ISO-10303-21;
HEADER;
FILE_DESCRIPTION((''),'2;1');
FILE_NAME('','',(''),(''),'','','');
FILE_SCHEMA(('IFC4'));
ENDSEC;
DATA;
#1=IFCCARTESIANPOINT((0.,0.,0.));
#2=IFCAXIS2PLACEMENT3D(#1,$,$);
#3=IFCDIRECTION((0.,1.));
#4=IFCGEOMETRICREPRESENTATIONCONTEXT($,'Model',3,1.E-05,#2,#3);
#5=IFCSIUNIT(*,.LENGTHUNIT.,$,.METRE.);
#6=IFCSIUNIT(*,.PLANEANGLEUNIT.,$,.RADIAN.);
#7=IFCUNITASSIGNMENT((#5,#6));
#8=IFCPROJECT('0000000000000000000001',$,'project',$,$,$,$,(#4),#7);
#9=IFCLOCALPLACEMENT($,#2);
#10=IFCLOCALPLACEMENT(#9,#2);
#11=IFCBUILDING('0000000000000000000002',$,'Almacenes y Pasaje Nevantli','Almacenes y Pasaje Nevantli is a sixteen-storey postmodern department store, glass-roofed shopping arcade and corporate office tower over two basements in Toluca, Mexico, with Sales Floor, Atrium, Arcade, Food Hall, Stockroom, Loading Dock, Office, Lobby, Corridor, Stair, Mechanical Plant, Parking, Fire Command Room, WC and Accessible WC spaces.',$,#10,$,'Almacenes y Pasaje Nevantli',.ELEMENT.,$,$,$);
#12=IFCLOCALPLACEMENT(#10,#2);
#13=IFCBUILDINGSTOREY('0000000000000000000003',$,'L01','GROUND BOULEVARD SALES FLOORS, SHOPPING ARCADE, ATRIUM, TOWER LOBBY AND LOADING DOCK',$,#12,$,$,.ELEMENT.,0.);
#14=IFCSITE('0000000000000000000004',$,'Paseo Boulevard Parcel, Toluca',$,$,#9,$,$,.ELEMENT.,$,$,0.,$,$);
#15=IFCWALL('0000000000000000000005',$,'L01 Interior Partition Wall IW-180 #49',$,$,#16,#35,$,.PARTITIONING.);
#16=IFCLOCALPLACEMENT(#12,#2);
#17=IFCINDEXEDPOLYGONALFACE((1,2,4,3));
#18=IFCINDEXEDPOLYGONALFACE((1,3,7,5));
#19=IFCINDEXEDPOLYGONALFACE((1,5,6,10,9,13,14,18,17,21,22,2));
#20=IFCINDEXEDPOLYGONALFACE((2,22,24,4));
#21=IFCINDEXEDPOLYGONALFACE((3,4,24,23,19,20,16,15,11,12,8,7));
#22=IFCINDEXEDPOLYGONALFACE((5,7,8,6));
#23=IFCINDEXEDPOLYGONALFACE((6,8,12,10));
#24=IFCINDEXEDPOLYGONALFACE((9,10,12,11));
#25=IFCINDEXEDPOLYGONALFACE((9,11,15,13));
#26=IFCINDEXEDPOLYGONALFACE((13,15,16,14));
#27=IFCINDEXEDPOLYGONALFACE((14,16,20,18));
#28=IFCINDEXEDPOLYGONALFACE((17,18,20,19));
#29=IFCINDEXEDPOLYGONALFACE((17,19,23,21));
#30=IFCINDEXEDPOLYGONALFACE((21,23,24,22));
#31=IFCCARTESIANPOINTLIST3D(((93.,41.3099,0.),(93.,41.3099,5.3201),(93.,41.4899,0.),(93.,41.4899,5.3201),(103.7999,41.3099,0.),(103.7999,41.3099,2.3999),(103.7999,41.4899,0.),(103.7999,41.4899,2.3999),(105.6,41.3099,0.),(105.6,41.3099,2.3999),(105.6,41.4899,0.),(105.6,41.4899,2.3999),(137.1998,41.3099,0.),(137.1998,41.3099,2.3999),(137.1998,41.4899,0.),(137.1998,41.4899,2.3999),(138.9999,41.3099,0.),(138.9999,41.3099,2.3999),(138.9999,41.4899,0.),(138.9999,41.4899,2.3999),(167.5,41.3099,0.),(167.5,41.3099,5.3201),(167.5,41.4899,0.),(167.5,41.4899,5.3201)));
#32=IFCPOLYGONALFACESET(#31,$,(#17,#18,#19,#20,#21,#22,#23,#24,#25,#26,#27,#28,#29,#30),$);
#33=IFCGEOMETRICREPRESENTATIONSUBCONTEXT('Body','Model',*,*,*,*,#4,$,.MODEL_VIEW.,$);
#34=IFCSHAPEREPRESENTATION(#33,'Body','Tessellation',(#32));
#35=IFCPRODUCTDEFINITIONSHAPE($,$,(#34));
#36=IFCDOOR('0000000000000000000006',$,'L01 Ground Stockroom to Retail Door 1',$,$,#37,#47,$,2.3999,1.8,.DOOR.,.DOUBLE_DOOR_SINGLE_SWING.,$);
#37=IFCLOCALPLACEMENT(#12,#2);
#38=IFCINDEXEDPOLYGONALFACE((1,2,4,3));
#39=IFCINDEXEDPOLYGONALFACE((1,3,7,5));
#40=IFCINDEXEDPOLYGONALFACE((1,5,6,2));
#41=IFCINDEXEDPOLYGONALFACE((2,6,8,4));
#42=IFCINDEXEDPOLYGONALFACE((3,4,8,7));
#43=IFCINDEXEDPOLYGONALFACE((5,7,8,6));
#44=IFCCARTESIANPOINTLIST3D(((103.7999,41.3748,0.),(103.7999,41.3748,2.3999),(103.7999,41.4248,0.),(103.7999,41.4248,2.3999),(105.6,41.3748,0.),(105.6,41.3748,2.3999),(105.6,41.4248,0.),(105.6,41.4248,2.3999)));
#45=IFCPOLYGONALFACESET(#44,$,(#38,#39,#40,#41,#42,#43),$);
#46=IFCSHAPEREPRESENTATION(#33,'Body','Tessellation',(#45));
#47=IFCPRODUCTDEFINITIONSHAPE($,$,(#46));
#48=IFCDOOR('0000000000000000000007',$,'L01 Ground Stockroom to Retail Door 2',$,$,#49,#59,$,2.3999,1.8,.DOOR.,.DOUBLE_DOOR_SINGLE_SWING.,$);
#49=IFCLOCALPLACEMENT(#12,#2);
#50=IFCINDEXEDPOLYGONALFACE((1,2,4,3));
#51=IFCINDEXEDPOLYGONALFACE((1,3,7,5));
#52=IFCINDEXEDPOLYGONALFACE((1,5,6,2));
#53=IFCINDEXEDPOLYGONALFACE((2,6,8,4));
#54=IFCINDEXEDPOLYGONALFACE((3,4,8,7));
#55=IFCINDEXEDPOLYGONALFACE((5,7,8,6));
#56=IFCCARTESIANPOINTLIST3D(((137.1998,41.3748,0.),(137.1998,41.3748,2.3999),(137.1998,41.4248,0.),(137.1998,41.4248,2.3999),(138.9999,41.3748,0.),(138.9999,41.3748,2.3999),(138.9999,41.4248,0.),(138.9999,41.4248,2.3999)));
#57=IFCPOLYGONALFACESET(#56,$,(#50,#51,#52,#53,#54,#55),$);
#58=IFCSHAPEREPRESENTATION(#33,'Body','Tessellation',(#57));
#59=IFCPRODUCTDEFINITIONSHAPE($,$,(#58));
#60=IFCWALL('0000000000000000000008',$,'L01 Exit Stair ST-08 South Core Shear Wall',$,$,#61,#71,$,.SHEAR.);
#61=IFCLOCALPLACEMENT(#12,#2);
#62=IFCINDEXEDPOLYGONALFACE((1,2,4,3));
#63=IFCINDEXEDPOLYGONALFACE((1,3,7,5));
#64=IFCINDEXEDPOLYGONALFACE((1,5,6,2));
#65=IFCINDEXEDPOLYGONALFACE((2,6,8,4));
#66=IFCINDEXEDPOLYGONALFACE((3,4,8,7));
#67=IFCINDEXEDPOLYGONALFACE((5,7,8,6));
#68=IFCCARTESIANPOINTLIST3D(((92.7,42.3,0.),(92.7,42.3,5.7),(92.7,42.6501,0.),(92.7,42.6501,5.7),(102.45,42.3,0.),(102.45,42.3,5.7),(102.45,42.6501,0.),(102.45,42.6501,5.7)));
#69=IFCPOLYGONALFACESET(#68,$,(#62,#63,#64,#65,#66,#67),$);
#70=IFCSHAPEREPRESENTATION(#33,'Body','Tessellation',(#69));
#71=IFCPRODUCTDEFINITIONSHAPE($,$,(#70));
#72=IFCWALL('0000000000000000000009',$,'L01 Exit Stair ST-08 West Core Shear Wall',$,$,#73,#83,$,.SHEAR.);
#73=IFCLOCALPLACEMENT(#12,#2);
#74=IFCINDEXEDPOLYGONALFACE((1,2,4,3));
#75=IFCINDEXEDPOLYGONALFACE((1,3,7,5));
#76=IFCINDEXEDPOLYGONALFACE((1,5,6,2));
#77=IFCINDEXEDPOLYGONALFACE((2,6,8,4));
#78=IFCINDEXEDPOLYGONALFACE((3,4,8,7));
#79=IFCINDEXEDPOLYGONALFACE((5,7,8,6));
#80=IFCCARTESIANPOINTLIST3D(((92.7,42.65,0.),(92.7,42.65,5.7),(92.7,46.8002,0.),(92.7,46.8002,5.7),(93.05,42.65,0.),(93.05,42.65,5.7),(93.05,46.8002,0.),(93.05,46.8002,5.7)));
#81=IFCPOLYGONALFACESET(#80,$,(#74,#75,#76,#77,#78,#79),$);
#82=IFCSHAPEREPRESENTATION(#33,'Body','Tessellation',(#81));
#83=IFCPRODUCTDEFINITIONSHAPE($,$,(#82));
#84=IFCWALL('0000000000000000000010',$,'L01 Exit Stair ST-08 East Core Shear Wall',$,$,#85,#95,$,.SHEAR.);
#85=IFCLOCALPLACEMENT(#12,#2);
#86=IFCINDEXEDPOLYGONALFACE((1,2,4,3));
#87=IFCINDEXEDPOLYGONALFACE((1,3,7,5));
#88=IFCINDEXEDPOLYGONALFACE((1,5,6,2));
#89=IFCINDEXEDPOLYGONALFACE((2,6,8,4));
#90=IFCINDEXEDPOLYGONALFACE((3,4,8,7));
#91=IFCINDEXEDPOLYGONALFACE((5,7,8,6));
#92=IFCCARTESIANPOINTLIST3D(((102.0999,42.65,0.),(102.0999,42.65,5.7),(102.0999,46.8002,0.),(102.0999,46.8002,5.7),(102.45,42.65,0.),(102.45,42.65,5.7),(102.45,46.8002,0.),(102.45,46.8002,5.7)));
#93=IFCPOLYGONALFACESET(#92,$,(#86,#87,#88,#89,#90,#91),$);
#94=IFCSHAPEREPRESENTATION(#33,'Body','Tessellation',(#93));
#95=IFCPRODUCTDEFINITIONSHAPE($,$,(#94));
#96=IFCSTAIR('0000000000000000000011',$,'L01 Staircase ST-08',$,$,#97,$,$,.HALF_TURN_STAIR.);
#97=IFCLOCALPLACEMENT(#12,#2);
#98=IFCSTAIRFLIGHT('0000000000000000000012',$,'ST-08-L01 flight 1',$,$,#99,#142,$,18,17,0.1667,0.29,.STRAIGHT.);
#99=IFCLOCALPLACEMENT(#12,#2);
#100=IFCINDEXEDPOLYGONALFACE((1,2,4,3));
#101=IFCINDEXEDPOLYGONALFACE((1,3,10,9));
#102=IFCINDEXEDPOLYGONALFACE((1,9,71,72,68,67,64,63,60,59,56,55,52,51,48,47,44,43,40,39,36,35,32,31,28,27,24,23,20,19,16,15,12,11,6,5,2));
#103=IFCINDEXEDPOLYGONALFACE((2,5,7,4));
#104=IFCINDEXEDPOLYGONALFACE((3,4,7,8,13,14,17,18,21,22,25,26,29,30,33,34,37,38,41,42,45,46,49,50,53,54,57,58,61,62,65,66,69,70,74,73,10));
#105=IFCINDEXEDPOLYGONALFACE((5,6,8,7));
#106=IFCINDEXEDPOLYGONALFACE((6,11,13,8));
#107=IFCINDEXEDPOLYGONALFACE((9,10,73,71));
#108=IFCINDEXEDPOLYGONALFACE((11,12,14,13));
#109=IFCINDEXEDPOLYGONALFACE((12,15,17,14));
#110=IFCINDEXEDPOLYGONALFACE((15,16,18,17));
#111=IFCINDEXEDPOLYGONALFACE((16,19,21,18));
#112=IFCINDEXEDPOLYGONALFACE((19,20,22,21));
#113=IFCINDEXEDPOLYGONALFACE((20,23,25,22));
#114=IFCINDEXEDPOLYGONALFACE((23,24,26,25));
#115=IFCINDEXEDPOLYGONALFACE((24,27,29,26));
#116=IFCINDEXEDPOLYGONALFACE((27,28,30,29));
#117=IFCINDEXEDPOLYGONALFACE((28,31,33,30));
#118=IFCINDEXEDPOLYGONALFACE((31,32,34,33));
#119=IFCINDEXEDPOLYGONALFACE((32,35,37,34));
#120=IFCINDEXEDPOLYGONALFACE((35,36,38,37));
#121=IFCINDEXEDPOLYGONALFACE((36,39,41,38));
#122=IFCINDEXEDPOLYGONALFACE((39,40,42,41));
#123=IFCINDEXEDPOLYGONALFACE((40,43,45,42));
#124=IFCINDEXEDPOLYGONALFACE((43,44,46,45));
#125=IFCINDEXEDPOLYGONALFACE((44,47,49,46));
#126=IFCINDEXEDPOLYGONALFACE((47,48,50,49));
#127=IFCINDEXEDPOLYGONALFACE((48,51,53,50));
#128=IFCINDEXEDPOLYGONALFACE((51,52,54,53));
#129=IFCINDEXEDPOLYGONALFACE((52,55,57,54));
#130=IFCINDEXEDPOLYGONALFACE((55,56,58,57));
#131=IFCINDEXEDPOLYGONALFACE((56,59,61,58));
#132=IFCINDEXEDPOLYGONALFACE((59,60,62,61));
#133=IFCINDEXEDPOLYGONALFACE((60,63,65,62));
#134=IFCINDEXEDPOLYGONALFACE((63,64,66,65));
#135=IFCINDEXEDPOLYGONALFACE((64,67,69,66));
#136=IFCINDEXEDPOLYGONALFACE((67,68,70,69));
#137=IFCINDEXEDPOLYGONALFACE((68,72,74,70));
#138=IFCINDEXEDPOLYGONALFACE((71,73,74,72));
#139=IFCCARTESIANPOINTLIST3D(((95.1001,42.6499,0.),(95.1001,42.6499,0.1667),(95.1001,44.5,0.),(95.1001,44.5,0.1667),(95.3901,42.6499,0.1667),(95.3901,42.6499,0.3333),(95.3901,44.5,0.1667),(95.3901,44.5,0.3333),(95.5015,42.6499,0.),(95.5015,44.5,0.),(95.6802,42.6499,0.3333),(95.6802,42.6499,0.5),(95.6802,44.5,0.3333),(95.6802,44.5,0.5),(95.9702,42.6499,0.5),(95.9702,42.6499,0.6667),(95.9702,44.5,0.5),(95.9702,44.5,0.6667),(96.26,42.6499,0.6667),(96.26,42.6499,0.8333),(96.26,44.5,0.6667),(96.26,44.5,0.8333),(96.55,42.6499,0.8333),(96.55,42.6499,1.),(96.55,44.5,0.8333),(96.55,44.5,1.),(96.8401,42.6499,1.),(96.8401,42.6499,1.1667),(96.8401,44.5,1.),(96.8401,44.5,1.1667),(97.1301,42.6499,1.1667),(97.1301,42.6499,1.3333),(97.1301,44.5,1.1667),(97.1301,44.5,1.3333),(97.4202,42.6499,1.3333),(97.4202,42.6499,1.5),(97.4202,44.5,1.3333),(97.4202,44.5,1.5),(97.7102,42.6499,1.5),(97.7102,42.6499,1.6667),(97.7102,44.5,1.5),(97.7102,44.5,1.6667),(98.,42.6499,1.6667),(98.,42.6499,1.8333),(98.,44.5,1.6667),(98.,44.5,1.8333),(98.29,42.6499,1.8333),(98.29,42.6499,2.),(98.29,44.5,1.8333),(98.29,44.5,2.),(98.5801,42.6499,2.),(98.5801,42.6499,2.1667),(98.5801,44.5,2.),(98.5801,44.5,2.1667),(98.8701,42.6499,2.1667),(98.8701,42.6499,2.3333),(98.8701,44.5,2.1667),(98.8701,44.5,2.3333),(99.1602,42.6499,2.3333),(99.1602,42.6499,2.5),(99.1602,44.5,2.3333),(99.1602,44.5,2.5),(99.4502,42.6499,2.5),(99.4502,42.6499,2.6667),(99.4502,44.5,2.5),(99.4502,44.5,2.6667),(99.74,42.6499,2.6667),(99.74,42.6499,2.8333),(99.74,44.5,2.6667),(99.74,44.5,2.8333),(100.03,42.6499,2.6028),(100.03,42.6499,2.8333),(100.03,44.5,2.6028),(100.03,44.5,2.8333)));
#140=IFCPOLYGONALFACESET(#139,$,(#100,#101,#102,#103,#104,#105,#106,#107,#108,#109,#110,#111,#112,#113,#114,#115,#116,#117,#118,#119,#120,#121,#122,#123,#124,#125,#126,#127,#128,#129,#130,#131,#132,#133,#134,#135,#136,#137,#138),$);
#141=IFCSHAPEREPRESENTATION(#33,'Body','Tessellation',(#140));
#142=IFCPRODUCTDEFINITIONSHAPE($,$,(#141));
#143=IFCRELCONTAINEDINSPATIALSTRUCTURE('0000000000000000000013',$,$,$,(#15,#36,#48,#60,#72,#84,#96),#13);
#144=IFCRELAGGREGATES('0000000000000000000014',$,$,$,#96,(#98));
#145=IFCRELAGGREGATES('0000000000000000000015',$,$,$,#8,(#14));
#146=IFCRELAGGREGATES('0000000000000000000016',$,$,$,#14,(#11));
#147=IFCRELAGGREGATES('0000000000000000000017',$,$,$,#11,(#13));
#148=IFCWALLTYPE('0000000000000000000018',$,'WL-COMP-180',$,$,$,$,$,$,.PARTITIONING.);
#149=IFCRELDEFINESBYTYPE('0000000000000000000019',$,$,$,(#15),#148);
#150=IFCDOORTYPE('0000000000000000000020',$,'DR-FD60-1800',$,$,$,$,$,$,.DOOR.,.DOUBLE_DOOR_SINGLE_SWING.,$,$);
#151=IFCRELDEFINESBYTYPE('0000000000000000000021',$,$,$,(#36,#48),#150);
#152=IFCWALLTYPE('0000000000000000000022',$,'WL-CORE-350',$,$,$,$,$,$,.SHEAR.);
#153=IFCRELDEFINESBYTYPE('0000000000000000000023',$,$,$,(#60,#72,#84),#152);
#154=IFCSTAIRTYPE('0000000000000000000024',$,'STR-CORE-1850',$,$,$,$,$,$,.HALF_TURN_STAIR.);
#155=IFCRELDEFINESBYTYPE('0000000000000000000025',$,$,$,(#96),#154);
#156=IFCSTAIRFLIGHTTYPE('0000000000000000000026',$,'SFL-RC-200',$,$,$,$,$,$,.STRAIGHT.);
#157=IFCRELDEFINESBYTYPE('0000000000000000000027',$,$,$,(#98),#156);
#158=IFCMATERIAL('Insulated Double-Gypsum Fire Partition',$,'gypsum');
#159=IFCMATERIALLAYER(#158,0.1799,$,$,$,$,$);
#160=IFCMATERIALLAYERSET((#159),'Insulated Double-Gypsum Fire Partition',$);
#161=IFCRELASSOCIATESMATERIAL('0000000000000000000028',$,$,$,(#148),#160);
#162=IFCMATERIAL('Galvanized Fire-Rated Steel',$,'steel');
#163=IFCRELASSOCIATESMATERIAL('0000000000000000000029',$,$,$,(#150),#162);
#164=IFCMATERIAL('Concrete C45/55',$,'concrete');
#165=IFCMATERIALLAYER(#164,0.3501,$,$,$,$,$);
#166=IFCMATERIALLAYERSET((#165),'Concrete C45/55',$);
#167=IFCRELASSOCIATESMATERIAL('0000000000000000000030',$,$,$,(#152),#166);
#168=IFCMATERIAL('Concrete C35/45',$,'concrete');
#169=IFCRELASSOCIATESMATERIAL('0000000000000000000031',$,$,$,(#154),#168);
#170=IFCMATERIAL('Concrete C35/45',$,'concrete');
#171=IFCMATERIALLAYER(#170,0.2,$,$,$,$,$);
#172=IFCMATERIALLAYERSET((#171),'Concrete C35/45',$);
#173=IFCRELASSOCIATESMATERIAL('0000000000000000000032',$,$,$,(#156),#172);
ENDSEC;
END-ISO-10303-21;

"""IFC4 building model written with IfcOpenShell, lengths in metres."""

from ifc_helpers import new_model, si_unit, direction, frame, frame_2d, origin, place, context, subcontext, project, spatial, polyline, rectangle, outline, extrude, material, layer, layer_set, type_object, element, fill, aggregate, save


model = new_model("IFC4")

# Units and contexts
model_context = context("Model", 3, precision=1e-05, world=origin(), true_north=direction((0.0, 1.0)))
body_context = subcontext(model_context, "Body", "Model", "MODEL_VIEW")
ifc_project = project(units=[si_unit("LENGTHUNIT", "METRE"), si_unit("PLANEANGLEUNIT", "RADIAN")], contexts=[model_context])

# Site, building, storey
site_placement = place(None, origin())
site = spatial("IfcSite", under=ifc_project, at=site_placement, Name="Paseo Boulevard Parcel, Toluca", CompositionType="ELEMENT", RefElevation=0.0)
building_placement = place(site_placement, origin())
building = spatial("IfcBuilding", under=site, at=building_placement, Name="Almacenes y Pasaje Nevantli", Description="Almacenes y Pasaje Nevantli is a sixteen-storey postmodern department store, glass-roofed shopping arcade and corporate office tower over two basements in Toluca, Mexico, with Sales Floor, Atrium, Arcade, Food Hall, Stockroom, Loading Dock, Office, Lobby, Corridor, Stair, Mechanical Plant, Parking, Fire Command Room, WC and Accessible WC spaces.", LongName="Almacenes y Pasaje Nevantli", CompositionType="ELEMENT")
storey_placement = place(building_placement, origin())
storey = spatial("IfcBuildingStorey", under=building, at=storey_placement, Name="L01", Description="GROUND BOULEVARD SALES FLOORS, SHOPPING ARCADE, ATRIUM, TOWER LOBBY AND LOADING DOCK", CompositionType="ELEMENT", Elevation=0.0)

# Wall, openings, doors
ifc_material_1 = material(Name="Insulated Double-Gypsum Fire Partition", Category="gypsum")
ifc_layer_1 = layer(ifc_material_1, 0.1799)
ifc_layer_set_1 = layer_set([ifc_layer_1], Name="Insulated Double-Gypsum Fire Partition")
wall_type_1 = type_object("IfcWallType", Name="WL-COMP-180", PredefinedType="PARTITIONING", material=ifc_layer_set_1)
wall_1_placement = place(storey_placement, frame((93.0, 41.3999, 0.0), z_axis=(0.0, 0.0, 1.0), x_axis=(1.0, 0.0, 0.0)))
wall_1 = element("IfcWall", 1, at=wall_1_placement, inside=storey, type_object=wall_type_1, Name="L01 Interior Partition Wall IW-180 #49", PredefinedType="PARTITIONING", context=body_context, shape_type="SweptSolid", body=[
    extrude(rectangle(XDim=74.5, YDim=0.1799, at=frame_2d((37.25, 0.0))), origin(), (0.0, 0.0, 1.0), 5.3201),
])
opening_1_placement = place(wall_1_placement, frame((10.8, 0.0, 0.0)))
opening_1 = element("IfcOpeningElement", 2, at=opening_1_placement, cuts=wall_1, PredefinedType="OPENING", context=body_context, shape_type="SweptSolid", body=[
    extrude(rectangle(XDim=1.8, YDim=2.3999, at=frame_2d((0.8999, 1.2))), frame((0.0, 0.0999, 0.0), z_axis=(0.0, -1.0, 0.0), x_axis=(1.0, 0.0, 0.0)), (0.0, 0.0, 1.0), 0.2),
])
opening_2_placement = place(wall_1_placement, frame((44.2, 0.0, 0.0)))
opening_2 = element("IfcOpeningElement", 3, at=opening_2_placement, cuts=wall_1, PredefinedType="OPENING", context=body_context, shape_type="SweptSolid", body=[
    extrude(rectangle(XDim=1.8, YDim=2.3999, at=frame_2d((0.8999, 1.2))), frame((0.0, 0.0999, 0.0), z_axis=(0.0, -1.0, 0.0), x_axis=(1.0, 0.0, 0.0)), (0.0, 0.0, 1.0), 0.2),
])
ifc_material_2 = material(Name="Galvanized Fire-Rated Steel", Category="steel")
door_type = type_object("IfcDoorType", Name="DR-FD60-1800", OperationType="DOUBLE_DOOR_SINGLE_SWING", PredefinedType="DOOR", material=ifc_material_2)
door_1_placement = place(opening_1_placement, origin())
door_1 = element("IfcDoor", 4, at=door_1_placement, inside=storey, type_object=door_type, Name="L01 Ground Stockroom to Retail Door 1", OperationType="DOUBLE_DOOR_SINGLE_SWING", OverallHeight=2.3999, OverallWidth=1.8, PredefinedType="DOOR", context=body_context, shape_type="SweptSolid", body=[
    extrude(rectangle(XDim=1.8, YDim=2.3999, at=frame_2d((0.8999, 1.2))), frame((0.0, 0.0249, 0.0), z_axis=(0.0, -1.0, 0.0), x_axis=(1.0, 0.0, 0.0)), (0.0, 0.0, 1.0), 0.05),
])
fill(opening_1, door_1)
door_2_placement = place(opening_2_placement, origin())
door_2 = element("IfcDoor", 5, at=door_2_placement, inside=storey, type_object=door_type, Name="L01 Ground Stockroom to Retail Door 2", OperationType="DOUBLE_DOOR_SINGLE_SWING", OverallHeight=2.3999, OverallWidth=1.8, PredefinedType="DOOR", context=body_context, shape_type="SweptSolid", body=[
    extrude(rectangle(XDim=1.8, YDim=2.3999, at=frame_2d((0.8999, 1.2))), frame((0.0, 0.0249, 0.0), z_axis=(0.0, -1.0, 0.0), x_axis=(1.0, 0.0, 0.0)), (0.0, 0.0, 1.0), 0.05),
])
fill(opening_2, door_2)

# Walls
ifc_material_3 = material(Name="Concrete C45/55", Category="concrete")
ifc_layer_2 = layer(ifc_material_3, 0.3501)
ifc_layer_set_2 = layer_set([ifc_layer_2], Name="Concrete C45/55")
wall_type_2 = type_object("IfcWallType", Name="WL-CORE-350", PredefinedType="SHEAR", material=ifc_layer_set_2)
wall_2_placement = place(storey_placement, frame((92.7, 42.4751, 0.0), z_axis=(0.0, 0.0, 1.0), x_axis=(1.0, 0.0, 0.0)))
element("IfcWall", 6, at=wall_2_placement, inside=storey, type_object=wall_type_2, Name="L01 Exit Stair ST-08 South Core Shear Wall", PredefinedType="SHEAR", context=body_context, shape_type="SweptSolid", body=[
    extrude(rectangle(XDim=9.75, YDim=0.3501, at=frame_2d((4.875, 0.0))), origin(), (0.0, 0.0, 1.0), 5.7),
])
for number, where, z_axis, x_axis, name in (
    (7, (92.875, 42.6499, 0.0), (0.0, 0.0, 1.0), (0.0, 1.0, 0.0), "L01 Exit Stair ST-08 West Core Shear Wall"),
    (8, (102.2749, 42.6499, 0.0), (0.0, 0.0, 1.0), (0.0, 1.0, 0.0), "L01 Exit Stair ST-08 East Core Shear Wall"),
):
    element("IfcWall", number, at=place(storey_placement, frame(where, z_axis=z_axis, x_axis=x_axis)), inside=storey, type_object=wall_type_2, Name=name, PredefinedType="SHEAR", context=body_context, shape_type="SweptSolid", body=[
        extrude(rectangle(XDim=4.1501, YDim=0.3501, at=frame_2d((2.0752, 0.0))), origin(), (0.0, 0.0, 1.0), 5.7),
    ])

# Stair, stair flight
ifc_material_4 = material(Name="Concrete C35/45", Category="concrete")
stair_type = type_object("IfcStairType", Name="STR-CORE-1850", PredefinedType="HALF_TURN_STAIR", material=ifc_material_4)
stair_placement = place(storey_placement, origin())
stair = element("IfcStair", 9, at=stair_placement, inside=storey, type_object=stair_type, Name="L01 Staircase ST-08", PredefinedType="HALF_TURN_STAIR")
ifc_material_5 = material(Name="Concrete C35/45", Category="concrete")
ifc_layer_3 = layer(ifc_material_5, 0.2)
ifc_layer_set_3 = layer_set([ifc_layer_3], Name="Concrete C35/45")
stair_flight_type = type_object("IfcStairFlightType", Name="SFL-RC-200", PredefinedType="STRAIGHT", material=ifc_layer_set_3)
stair_flight_placement = place(storey_placement, frame((95.1001, 43.575, 0.0), z_axis=(0.0, 0.0, 1.0), x_axis=(1.0, 0.0, 0.0)))
stair_flight = element("IfcStairFlight", 10, at=stair_flight_placement, type_object=stair_flight_type, Name="ST-08-L01 flight 1", NumberOfRisers=18, NumberOfTreads=17, PredefinedType="STRAIGHT", RiserHeight=0.1667, TreadLength=0.29, context=body_context, shape_type="SweptSolid", body=[
    extrude(outline(polyline([(0.0, 0.0), (0.0, 0.1667), (0.29, 0.1667), (0.29, 0.3333), (0.5801, 0.3333), (0.5801, 0.5), (0.8701, 0.5), (0.8701, 0.6667), (1.1599, 0.6667), (1.1599, 0.8333), (1.45, 0.8333), (1.45, 1.0), (1.74, 1.0), (1.74, 1.1667), (2.03, 1.1667), (2.03, 1.3333), (2.3201, 1.3333), (2.3201, 1.5), (2.6101, 1.5), (2.6101, 1.6667), (2.8999, 1.6667), (2.8999, 1.8333), (3.1899, 1.8333), (3.1899, 2.0), (3.48, 2.0), (3.48, 2.1667), (3.77, 2.1667), (3.77, 2.3333), (4.0601, 2.3333), (4.0601, 2.5), (4.3501, 2.5), (4.3501, 2.6667), (4.6399, 2.6667), (4.6399, 2.8333), (4.9299, 2.8333), (4.9299, 3.0), (4.9299, 2.6028), (0.4014, 0.0), (0.0, 0.0)])), frame((0.0, 0.925, 0.0), z_axis=(0.0, -1.0, 0.0), x_axis=(1.0, 0.0, 0.0)), (0.0, 0.0, 1.0), 1.8501),
])
aggregate(stair, [stair_flight])

save(model, "model.ifc")
